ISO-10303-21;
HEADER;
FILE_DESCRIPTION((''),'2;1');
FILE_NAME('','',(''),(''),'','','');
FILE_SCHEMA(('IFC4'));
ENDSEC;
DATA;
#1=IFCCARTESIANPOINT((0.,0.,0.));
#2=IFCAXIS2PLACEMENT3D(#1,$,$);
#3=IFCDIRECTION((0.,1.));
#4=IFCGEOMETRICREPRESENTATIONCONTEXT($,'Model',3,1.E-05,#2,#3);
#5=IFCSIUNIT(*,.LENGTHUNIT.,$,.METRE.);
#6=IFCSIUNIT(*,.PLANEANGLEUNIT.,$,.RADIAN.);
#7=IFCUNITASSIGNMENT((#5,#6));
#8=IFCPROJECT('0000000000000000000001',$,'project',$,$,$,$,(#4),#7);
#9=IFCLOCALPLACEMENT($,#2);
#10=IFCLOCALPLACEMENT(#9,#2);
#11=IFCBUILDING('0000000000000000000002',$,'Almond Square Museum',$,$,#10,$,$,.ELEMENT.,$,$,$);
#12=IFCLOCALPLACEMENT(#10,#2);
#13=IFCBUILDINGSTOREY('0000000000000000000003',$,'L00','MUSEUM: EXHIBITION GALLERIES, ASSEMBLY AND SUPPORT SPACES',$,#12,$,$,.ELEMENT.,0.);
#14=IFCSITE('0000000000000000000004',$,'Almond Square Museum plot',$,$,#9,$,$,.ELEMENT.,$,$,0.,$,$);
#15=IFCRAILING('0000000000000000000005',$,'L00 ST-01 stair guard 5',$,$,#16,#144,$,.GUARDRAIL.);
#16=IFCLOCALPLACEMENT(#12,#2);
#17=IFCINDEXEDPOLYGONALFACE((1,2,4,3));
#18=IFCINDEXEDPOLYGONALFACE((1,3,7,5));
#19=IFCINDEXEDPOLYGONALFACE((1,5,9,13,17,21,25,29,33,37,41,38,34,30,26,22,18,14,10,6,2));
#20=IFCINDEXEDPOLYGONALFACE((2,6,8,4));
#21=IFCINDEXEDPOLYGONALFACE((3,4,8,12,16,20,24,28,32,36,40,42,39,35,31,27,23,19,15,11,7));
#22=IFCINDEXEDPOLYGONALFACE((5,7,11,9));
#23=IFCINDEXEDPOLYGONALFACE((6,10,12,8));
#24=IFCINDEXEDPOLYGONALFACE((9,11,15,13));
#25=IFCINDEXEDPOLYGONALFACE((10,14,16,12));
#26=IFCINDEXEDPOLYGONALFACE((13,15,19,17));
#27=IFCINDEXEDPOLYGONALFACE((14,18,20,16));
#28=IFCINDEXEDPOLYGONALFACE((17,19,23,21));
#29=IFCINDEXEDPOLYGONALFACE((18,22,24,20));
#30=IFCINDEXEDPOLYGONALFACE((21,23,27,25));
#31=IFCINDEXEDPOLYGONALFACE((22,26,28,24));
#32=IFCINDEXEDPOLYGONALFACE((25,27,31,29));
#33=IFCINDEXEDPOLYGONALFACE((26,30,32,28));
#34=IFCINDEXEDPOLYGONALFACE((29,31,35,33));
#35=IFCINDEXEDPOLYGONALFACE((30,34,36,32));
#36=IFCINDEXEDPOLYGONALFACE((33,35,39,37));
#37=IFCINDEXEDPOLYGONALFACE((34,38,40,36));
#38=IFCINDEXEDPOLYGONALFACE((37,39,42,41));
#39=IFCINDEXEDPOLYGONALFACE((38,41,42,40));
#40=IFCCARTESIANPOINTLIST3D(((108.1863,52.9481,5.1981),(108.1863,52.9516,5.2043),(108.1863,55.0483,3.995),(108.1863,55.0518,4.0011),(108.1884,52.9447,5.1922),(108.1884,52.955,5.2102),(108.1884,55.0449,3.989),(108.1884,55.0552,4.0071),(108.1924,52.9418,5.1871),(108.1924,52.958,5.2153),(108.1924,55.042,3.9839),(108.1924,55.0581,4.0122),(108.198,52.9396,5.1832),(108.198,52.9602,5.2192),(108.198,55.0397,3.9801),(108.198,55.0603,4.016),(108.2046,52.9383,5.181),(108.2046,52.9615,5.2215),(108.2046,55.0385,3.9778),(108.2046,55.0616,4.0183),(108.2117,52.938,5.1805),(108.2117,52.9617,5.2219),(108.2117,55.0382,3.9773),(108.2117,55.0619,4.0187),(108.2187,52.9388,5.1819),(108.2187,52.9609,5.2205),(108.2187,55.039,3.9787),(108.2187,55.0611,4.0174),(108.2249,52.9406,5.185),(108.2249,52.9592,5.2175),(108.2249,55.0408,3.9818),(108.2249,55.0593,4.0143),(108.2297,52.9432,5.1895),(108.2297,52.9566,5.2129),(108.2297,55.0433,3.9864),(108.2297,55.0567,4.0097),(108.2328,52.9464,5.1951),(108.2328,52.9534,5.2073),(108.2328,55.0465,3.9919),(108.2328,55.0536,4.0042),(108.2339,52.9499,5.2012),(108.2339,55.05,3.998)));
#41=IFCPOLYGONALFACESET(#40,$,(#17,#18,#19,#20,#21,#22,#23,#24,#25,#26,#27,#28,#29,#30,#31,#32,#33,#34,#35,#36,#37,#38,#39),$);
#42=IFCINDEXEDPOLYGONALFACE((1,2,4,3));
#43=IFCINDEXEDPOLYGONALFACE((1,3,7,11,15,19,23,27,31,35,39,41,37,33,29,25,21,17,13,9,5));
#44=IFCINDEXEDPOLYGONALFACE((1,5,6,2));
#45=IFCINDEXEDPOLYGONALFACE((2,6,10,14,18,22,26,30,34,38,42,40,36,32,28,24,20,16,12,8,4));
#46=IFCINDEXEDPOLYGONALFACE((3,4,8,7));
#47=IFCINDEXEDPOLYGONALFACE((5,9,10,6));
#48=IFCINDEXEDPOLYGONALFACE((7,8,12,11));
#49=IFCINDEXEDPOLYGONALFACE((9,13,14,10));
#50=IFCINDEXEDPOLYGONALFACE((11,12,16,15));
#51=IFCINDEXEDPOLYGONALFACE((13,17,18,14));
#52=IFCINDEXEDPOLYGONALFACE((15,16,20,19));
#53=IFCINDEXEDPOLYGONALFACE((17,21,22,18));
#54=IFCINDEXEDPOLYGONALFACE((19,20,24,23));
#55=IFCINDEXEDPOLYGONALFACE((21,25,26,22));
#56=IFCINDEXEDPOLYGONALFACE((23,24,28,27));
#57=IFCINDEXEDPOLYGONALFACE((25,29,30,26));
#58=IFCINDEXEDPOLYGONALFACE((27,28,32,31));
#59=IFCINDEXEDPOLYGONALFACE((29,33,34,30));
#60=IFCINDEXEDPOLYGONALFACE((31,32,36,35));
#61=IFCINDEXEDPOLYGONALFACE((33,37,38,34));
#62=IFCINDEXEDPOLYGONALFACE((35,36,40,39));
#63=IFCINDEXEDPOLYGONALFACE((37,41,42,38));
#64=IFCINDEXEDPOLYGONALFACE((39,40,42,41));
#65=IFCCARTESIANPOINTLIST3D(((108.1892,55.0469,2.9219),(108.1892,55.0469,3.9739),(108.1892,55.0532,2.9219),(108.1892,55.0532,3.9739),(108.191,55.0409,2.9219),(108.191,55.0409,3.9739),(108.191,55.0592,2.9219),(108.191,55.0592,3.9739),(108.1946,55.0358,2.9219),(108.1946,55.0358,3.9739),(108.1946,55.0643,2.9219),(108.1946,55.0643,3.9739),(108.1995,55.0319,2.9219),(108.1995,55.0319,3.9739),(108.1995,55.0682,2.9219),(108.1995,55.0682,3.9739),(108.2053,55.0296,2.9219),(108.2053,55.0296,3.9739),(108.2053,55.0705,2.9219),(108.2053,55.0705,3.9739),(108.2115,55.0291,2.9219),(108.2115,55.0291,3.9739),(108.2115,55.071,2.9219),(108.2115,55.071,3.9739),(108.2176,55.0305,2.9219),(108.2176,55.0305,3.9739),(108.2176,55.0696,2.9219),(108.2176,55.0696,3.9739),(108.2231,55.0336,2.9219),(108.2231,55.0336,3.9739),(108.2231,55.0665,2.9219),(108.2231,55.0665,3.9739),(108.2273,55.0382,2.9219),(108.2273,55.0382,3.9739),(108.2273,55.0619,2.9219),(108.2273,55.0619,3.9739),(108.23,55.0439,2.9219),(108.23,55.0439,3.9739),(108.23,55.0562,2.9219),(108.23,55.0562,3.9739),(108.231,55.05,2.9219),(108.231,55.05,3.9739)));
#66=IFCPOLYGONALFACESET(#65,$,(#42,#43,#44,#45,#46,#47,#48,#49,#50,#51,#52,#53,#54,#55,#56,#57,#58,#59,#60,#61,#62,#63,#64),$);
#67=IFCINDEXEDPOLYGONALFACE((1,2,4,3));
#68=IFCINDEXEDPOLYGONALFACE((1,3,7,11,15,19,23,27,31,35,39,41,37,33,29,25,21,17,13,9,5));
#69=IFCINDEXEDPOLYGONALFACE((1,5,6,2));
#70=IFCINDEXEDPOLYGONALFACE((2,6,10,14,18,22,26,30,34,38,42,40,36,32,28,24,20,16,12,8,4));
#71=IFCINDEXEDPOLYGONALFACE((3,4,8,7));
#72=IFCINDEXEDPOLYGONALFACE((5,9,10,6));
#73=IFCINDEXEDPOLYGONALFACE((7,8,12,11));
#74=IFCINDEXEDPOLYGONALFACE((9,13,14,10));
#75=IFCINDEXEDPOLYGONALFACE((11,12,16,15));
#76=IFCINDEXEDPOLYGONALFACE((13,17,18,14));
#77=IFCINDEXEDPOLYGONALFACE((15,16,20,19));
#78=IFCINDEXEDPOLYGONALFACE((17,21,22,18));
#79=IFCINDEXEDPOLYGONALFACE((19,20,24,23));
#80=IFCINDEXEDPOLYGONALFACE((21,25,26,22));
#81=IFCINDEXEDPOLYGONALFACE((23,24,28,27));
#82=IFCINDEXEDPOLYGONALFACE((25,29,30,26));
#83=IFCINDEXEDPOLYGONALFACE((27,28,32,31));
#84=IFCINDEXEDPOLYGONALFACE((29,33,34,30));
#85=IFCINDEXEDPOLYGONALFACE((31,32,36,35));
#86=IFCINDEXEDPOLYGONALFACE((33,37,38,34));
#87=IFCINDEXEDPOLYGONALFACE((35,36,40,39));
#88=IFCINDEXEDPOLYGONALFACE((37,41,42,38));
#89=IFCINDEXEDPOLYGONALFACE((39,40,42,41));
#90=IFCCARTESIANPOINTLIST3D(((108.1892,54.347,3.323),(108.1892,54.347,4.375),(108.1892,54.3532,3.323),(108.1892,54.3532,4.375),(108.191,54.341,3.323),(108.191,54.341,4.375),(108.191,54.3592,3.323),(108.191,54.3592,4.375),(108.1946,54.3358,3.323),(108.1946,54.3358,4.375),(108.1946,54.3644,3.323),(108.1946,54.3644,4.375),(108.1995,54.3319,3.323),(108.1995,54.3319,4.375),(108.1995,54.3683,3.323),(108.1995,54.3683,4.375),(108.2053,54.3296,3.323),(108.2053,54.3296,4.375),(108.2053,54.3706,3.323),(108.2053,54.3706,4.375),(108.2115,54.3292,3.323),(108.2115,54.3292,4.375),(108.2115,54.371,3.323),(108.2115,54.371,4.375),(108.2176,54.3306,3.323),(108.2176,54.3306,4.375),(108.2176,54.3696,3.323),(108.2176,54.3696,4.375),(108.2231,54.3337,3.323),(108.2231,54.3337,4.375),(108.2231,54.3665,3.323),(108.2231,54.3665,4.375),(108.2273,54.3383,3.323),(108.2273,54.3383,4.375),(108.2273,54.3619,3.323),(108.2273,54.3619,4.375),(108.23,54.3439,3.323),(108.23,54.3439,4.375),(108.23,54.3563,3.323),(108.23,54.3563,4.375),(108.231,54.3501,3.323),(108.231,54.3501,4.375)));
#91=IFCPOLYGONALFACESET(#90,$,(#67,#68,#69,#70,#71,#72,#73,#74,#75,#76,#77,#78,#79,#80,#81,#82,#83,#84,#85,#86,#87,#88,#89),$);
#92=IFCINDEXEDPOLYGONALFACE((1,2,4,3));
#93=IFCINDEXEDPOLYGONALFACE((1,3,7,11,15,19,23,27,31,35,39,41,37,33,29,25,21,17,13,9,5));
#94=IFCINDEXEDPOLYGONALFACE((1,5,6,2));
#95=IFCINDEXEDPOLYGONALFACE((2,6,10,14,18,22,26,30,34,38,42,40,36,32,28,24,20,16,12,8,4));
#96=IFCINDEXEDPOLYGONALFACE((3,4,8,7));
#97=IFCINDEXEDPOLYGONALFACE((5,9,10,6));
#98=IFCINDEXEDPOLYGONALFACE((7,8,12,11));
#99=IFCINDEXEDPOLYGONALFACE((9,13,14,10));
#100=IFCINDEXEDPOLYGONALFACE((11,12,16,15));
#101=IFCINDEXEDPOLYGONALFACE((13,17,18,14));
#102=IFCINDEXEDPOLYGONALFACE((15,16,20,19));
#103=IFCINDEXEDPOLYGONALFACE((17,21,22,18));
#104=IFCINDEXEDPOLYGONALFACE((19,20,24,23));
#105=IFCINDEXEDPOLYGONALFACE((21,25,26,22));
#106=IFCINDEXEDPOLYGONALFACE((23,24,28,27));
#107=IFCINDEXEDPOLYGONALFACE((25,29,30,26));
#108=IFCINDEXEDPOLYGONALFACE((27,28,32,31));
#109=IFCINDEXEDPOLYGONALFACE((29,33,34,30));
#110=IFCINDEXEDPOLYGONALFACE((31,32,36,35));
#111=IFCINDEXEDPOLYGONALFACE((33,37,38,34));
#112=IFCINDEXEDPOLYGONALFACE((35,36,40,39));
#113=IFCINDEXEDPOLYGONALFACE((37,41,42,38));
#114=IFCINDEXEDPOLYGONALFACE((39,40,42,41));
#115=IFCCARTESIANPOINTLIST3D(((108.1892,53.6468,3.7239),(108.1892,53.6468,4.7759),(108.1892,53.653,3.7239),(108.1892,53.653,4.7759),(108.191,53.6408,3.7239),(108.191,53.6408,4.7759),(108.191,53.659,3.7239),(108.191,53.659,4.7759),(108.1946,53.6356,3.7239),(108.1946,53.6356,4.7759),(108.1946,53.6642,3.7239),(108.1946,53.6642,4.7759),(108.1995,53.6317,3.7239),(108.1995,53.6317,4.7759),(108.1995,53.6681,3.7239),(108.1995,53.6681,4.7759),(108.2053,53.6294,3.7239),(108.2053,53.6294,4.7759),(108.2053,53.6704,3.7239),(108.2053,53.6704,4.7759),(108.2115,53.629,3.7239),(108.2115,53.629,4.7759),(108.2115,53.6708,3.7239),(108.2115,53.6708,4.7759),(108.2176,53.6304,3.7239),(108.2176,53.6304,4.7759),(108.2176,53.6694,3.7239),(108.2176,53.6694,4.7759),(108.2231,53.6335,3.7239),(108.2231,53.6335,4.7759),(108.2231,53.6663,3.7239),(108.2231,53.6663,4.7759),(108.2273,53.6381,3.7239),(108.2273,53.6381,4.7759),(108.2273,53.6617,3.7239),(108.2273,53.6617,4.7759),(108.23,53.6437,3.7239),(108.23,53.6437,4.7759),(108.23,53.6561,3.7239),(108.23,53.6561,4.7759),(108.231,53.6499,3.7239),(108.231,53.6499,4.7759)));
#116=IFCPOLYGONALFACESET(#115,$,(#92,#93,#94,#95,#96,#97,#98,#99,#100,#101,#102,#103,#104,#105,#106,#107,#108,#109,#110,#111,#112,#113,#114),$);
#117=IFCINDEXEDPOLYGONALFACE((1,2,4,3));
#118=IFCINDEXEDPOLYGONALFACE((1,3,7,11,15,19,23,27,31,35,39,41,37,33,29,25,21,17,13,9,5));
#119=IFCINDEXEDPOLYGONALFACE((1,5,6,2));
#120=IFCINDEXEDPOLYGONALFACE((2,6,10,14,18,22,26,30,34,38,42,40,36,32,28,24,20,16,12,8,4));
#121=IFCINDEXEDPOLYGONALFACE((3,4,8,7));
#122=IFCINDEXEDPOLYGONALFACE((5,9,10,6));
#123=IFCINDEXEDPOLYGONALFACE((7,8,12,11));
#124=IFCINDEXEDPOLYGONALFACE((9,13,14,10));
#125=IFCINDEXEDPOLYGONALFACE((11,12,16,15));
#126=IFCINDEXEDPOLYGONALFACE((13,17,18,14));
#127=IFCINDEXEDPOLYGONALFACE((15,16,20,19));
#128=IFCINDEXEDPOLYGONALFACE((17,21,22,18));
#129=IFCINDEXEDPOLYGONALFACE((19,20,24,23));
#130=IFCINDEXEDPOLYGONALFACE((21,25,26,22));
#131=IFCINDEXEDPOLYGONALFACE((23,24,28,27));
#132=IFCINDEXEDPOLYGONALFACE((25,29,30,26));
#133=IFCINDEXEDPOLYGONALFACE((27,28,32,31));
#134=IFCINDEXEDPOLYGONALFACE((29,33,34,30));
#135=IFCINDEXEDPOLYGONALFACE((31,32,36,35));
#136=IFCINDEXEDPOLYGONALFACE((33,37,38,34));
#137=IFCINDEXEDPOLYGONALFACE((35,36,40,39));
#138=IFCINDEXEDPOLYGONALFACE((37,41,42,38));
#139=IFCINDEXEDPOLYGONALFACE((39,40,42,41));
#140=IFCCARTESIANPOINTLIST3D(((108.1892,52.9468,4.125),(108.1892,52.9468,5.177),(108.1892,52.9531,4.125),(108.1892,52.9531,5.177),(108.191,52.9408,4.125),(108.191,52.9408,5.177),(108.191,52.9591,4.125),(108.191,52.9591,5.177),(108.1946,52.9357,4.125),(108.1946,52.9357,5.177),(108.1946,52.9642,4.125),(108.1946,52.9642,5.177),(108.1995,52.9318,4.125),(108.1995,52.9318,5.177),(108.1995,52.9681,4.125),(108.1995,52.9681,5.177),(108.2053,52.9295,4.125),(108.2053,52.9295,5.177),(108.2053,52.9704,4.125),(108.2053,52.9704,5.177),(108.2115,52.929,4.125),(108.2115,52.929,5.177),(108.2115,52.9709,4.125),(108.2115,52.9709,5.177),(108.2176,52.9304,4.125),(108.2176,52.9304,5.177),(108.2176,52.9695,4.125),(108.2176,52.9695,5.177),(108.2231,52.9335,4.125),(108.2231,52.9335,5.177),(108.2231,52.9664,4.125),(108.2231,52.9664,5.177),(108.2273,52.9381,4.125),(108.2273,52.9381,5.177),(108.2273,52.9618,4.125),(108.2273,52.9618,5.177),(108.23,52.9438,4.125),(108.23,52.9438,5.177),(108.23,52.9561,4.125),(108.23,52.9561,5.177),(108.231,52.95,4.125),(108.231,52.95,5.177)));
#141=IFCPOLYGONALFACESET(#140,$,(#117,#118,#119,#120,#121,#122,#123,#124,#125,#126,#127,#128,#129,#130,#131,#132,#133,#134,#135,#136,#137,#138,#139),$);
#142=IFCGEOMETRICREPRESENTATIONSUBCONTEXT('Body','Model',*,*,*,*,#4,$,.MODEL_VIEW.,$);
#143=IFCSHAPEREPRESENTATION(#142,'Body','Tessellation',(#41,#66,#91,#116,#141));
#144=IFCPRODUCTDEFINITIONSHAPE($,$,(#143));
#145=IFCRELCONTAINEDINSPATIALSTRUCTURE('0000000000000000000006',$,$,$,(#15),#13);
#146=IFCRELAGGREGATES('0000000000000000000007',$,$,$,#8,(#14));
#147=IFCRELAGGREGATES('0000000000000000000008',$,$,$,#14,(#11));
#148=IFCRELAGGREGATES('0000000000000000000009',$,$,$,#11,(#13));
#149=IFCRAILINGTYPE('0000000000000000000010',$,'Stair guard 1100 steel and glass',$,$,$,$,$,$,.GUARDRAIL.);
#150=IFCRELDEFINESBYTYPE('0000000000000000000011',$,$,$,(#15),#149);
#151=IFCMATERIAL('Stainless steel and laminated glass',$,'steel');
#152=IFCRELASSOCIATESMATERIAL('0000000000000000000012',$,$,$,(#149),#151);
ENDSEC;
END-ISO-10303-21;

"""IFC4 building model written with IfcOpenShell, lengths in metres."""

from ifc_helpers import new_model, si_unit, direction, frame, origin, origin_2d, place, context, subcontext, project, spatial, circle, extrude, material, type_object, element, save


model = new_model("IFC4")

# Units and contexts
model_context = context("Model", 3, precision=1e-05, world=origin(), true_north=direction((0.0, 1.0)))
body_context = subcontext(model_context, "Body", "Model", "MODEL_VIEW")
ifc_project = project(units=[si_unit("LENGTHUNIT", "METRE"), si_unit("PLANEANGLEUNIT", "RADIAN")], contexts=[model_context])

# Site, building, storey
site_placement = place(None, origin())
site = spatial("IfcSite", under=ifc_project, at=site_placement, Name="Almond Square Museum plot", CompositionType="ELEMENT", RefElevation=0.0)
building_placement = place(site_placement, origin())
building = spatial("IfcBuilding", under=site, at=building_placement, Name="Almond Square Museum", CompositionType="ELEMENT")
storey_placement = place(building_placement, origin())
storey = spatial("IfcBuildingStorey", under=building, at=storey_placement, Name="L00", Description="MUSEUM: EXHIBITION GALLERIES, ASSEMBLY AND SUPPORT SPACES", CompositionType="ELEMENT", Elevation=0.0)

# Railing
ifc_material_1 = material(Name="Stainless steel and laminated glass", Category="steel")
railing_type_1 = type_object("IfcRailingType", Name="Stair guard 1100 steel and glass", PredefinedType="GUARDRAIL", material=ifc_material_1)
railing_1_placement = place(storey_placement, frame((108.21, 55.05, 2.9219)))
element("IfcRailing", 1, at=railing_1_placement, inside=storey, type_object=railing_type_1, Name="L00 ST-01 stair guard 5", PredefinedType="GUARDRAIL", context=body_context, shape_type="SweptSolid", body=[
    extrude(circle(Radius=0.0239, at=origin_2d()), frame((0.0, 0.0, 1.0762), z_axis=(0.0, -0.867696, 0.497095), x_axis=(1.0, 0.0, 0.0)), (0.0, 0.0, 1.0), 2.4204),
    extrude(circle(Radius=0.021, at=origin_2d()), origin(), (0.0, 0.0, 1.0), 1.052),
    extrude(circle(Radius=0.021, at=origin_2d()), frame((0.0, -0.7, 0.4011)), (0.0, 0.0, 1.0), 1.052),
    extrude(circle(Radius=0.021, at=origin_2d()), frame((0.0, -1.4001, 0.802)), (0.0, 0.0, 1.0), 1.052),
    extrude(circle(Radius=0.021, at=origin_2d()), frame((0.0, -2.1001, 1.2031)), (0.0, 0.0, 1.0), 1.052),
])

save(model, "model.ifc")
